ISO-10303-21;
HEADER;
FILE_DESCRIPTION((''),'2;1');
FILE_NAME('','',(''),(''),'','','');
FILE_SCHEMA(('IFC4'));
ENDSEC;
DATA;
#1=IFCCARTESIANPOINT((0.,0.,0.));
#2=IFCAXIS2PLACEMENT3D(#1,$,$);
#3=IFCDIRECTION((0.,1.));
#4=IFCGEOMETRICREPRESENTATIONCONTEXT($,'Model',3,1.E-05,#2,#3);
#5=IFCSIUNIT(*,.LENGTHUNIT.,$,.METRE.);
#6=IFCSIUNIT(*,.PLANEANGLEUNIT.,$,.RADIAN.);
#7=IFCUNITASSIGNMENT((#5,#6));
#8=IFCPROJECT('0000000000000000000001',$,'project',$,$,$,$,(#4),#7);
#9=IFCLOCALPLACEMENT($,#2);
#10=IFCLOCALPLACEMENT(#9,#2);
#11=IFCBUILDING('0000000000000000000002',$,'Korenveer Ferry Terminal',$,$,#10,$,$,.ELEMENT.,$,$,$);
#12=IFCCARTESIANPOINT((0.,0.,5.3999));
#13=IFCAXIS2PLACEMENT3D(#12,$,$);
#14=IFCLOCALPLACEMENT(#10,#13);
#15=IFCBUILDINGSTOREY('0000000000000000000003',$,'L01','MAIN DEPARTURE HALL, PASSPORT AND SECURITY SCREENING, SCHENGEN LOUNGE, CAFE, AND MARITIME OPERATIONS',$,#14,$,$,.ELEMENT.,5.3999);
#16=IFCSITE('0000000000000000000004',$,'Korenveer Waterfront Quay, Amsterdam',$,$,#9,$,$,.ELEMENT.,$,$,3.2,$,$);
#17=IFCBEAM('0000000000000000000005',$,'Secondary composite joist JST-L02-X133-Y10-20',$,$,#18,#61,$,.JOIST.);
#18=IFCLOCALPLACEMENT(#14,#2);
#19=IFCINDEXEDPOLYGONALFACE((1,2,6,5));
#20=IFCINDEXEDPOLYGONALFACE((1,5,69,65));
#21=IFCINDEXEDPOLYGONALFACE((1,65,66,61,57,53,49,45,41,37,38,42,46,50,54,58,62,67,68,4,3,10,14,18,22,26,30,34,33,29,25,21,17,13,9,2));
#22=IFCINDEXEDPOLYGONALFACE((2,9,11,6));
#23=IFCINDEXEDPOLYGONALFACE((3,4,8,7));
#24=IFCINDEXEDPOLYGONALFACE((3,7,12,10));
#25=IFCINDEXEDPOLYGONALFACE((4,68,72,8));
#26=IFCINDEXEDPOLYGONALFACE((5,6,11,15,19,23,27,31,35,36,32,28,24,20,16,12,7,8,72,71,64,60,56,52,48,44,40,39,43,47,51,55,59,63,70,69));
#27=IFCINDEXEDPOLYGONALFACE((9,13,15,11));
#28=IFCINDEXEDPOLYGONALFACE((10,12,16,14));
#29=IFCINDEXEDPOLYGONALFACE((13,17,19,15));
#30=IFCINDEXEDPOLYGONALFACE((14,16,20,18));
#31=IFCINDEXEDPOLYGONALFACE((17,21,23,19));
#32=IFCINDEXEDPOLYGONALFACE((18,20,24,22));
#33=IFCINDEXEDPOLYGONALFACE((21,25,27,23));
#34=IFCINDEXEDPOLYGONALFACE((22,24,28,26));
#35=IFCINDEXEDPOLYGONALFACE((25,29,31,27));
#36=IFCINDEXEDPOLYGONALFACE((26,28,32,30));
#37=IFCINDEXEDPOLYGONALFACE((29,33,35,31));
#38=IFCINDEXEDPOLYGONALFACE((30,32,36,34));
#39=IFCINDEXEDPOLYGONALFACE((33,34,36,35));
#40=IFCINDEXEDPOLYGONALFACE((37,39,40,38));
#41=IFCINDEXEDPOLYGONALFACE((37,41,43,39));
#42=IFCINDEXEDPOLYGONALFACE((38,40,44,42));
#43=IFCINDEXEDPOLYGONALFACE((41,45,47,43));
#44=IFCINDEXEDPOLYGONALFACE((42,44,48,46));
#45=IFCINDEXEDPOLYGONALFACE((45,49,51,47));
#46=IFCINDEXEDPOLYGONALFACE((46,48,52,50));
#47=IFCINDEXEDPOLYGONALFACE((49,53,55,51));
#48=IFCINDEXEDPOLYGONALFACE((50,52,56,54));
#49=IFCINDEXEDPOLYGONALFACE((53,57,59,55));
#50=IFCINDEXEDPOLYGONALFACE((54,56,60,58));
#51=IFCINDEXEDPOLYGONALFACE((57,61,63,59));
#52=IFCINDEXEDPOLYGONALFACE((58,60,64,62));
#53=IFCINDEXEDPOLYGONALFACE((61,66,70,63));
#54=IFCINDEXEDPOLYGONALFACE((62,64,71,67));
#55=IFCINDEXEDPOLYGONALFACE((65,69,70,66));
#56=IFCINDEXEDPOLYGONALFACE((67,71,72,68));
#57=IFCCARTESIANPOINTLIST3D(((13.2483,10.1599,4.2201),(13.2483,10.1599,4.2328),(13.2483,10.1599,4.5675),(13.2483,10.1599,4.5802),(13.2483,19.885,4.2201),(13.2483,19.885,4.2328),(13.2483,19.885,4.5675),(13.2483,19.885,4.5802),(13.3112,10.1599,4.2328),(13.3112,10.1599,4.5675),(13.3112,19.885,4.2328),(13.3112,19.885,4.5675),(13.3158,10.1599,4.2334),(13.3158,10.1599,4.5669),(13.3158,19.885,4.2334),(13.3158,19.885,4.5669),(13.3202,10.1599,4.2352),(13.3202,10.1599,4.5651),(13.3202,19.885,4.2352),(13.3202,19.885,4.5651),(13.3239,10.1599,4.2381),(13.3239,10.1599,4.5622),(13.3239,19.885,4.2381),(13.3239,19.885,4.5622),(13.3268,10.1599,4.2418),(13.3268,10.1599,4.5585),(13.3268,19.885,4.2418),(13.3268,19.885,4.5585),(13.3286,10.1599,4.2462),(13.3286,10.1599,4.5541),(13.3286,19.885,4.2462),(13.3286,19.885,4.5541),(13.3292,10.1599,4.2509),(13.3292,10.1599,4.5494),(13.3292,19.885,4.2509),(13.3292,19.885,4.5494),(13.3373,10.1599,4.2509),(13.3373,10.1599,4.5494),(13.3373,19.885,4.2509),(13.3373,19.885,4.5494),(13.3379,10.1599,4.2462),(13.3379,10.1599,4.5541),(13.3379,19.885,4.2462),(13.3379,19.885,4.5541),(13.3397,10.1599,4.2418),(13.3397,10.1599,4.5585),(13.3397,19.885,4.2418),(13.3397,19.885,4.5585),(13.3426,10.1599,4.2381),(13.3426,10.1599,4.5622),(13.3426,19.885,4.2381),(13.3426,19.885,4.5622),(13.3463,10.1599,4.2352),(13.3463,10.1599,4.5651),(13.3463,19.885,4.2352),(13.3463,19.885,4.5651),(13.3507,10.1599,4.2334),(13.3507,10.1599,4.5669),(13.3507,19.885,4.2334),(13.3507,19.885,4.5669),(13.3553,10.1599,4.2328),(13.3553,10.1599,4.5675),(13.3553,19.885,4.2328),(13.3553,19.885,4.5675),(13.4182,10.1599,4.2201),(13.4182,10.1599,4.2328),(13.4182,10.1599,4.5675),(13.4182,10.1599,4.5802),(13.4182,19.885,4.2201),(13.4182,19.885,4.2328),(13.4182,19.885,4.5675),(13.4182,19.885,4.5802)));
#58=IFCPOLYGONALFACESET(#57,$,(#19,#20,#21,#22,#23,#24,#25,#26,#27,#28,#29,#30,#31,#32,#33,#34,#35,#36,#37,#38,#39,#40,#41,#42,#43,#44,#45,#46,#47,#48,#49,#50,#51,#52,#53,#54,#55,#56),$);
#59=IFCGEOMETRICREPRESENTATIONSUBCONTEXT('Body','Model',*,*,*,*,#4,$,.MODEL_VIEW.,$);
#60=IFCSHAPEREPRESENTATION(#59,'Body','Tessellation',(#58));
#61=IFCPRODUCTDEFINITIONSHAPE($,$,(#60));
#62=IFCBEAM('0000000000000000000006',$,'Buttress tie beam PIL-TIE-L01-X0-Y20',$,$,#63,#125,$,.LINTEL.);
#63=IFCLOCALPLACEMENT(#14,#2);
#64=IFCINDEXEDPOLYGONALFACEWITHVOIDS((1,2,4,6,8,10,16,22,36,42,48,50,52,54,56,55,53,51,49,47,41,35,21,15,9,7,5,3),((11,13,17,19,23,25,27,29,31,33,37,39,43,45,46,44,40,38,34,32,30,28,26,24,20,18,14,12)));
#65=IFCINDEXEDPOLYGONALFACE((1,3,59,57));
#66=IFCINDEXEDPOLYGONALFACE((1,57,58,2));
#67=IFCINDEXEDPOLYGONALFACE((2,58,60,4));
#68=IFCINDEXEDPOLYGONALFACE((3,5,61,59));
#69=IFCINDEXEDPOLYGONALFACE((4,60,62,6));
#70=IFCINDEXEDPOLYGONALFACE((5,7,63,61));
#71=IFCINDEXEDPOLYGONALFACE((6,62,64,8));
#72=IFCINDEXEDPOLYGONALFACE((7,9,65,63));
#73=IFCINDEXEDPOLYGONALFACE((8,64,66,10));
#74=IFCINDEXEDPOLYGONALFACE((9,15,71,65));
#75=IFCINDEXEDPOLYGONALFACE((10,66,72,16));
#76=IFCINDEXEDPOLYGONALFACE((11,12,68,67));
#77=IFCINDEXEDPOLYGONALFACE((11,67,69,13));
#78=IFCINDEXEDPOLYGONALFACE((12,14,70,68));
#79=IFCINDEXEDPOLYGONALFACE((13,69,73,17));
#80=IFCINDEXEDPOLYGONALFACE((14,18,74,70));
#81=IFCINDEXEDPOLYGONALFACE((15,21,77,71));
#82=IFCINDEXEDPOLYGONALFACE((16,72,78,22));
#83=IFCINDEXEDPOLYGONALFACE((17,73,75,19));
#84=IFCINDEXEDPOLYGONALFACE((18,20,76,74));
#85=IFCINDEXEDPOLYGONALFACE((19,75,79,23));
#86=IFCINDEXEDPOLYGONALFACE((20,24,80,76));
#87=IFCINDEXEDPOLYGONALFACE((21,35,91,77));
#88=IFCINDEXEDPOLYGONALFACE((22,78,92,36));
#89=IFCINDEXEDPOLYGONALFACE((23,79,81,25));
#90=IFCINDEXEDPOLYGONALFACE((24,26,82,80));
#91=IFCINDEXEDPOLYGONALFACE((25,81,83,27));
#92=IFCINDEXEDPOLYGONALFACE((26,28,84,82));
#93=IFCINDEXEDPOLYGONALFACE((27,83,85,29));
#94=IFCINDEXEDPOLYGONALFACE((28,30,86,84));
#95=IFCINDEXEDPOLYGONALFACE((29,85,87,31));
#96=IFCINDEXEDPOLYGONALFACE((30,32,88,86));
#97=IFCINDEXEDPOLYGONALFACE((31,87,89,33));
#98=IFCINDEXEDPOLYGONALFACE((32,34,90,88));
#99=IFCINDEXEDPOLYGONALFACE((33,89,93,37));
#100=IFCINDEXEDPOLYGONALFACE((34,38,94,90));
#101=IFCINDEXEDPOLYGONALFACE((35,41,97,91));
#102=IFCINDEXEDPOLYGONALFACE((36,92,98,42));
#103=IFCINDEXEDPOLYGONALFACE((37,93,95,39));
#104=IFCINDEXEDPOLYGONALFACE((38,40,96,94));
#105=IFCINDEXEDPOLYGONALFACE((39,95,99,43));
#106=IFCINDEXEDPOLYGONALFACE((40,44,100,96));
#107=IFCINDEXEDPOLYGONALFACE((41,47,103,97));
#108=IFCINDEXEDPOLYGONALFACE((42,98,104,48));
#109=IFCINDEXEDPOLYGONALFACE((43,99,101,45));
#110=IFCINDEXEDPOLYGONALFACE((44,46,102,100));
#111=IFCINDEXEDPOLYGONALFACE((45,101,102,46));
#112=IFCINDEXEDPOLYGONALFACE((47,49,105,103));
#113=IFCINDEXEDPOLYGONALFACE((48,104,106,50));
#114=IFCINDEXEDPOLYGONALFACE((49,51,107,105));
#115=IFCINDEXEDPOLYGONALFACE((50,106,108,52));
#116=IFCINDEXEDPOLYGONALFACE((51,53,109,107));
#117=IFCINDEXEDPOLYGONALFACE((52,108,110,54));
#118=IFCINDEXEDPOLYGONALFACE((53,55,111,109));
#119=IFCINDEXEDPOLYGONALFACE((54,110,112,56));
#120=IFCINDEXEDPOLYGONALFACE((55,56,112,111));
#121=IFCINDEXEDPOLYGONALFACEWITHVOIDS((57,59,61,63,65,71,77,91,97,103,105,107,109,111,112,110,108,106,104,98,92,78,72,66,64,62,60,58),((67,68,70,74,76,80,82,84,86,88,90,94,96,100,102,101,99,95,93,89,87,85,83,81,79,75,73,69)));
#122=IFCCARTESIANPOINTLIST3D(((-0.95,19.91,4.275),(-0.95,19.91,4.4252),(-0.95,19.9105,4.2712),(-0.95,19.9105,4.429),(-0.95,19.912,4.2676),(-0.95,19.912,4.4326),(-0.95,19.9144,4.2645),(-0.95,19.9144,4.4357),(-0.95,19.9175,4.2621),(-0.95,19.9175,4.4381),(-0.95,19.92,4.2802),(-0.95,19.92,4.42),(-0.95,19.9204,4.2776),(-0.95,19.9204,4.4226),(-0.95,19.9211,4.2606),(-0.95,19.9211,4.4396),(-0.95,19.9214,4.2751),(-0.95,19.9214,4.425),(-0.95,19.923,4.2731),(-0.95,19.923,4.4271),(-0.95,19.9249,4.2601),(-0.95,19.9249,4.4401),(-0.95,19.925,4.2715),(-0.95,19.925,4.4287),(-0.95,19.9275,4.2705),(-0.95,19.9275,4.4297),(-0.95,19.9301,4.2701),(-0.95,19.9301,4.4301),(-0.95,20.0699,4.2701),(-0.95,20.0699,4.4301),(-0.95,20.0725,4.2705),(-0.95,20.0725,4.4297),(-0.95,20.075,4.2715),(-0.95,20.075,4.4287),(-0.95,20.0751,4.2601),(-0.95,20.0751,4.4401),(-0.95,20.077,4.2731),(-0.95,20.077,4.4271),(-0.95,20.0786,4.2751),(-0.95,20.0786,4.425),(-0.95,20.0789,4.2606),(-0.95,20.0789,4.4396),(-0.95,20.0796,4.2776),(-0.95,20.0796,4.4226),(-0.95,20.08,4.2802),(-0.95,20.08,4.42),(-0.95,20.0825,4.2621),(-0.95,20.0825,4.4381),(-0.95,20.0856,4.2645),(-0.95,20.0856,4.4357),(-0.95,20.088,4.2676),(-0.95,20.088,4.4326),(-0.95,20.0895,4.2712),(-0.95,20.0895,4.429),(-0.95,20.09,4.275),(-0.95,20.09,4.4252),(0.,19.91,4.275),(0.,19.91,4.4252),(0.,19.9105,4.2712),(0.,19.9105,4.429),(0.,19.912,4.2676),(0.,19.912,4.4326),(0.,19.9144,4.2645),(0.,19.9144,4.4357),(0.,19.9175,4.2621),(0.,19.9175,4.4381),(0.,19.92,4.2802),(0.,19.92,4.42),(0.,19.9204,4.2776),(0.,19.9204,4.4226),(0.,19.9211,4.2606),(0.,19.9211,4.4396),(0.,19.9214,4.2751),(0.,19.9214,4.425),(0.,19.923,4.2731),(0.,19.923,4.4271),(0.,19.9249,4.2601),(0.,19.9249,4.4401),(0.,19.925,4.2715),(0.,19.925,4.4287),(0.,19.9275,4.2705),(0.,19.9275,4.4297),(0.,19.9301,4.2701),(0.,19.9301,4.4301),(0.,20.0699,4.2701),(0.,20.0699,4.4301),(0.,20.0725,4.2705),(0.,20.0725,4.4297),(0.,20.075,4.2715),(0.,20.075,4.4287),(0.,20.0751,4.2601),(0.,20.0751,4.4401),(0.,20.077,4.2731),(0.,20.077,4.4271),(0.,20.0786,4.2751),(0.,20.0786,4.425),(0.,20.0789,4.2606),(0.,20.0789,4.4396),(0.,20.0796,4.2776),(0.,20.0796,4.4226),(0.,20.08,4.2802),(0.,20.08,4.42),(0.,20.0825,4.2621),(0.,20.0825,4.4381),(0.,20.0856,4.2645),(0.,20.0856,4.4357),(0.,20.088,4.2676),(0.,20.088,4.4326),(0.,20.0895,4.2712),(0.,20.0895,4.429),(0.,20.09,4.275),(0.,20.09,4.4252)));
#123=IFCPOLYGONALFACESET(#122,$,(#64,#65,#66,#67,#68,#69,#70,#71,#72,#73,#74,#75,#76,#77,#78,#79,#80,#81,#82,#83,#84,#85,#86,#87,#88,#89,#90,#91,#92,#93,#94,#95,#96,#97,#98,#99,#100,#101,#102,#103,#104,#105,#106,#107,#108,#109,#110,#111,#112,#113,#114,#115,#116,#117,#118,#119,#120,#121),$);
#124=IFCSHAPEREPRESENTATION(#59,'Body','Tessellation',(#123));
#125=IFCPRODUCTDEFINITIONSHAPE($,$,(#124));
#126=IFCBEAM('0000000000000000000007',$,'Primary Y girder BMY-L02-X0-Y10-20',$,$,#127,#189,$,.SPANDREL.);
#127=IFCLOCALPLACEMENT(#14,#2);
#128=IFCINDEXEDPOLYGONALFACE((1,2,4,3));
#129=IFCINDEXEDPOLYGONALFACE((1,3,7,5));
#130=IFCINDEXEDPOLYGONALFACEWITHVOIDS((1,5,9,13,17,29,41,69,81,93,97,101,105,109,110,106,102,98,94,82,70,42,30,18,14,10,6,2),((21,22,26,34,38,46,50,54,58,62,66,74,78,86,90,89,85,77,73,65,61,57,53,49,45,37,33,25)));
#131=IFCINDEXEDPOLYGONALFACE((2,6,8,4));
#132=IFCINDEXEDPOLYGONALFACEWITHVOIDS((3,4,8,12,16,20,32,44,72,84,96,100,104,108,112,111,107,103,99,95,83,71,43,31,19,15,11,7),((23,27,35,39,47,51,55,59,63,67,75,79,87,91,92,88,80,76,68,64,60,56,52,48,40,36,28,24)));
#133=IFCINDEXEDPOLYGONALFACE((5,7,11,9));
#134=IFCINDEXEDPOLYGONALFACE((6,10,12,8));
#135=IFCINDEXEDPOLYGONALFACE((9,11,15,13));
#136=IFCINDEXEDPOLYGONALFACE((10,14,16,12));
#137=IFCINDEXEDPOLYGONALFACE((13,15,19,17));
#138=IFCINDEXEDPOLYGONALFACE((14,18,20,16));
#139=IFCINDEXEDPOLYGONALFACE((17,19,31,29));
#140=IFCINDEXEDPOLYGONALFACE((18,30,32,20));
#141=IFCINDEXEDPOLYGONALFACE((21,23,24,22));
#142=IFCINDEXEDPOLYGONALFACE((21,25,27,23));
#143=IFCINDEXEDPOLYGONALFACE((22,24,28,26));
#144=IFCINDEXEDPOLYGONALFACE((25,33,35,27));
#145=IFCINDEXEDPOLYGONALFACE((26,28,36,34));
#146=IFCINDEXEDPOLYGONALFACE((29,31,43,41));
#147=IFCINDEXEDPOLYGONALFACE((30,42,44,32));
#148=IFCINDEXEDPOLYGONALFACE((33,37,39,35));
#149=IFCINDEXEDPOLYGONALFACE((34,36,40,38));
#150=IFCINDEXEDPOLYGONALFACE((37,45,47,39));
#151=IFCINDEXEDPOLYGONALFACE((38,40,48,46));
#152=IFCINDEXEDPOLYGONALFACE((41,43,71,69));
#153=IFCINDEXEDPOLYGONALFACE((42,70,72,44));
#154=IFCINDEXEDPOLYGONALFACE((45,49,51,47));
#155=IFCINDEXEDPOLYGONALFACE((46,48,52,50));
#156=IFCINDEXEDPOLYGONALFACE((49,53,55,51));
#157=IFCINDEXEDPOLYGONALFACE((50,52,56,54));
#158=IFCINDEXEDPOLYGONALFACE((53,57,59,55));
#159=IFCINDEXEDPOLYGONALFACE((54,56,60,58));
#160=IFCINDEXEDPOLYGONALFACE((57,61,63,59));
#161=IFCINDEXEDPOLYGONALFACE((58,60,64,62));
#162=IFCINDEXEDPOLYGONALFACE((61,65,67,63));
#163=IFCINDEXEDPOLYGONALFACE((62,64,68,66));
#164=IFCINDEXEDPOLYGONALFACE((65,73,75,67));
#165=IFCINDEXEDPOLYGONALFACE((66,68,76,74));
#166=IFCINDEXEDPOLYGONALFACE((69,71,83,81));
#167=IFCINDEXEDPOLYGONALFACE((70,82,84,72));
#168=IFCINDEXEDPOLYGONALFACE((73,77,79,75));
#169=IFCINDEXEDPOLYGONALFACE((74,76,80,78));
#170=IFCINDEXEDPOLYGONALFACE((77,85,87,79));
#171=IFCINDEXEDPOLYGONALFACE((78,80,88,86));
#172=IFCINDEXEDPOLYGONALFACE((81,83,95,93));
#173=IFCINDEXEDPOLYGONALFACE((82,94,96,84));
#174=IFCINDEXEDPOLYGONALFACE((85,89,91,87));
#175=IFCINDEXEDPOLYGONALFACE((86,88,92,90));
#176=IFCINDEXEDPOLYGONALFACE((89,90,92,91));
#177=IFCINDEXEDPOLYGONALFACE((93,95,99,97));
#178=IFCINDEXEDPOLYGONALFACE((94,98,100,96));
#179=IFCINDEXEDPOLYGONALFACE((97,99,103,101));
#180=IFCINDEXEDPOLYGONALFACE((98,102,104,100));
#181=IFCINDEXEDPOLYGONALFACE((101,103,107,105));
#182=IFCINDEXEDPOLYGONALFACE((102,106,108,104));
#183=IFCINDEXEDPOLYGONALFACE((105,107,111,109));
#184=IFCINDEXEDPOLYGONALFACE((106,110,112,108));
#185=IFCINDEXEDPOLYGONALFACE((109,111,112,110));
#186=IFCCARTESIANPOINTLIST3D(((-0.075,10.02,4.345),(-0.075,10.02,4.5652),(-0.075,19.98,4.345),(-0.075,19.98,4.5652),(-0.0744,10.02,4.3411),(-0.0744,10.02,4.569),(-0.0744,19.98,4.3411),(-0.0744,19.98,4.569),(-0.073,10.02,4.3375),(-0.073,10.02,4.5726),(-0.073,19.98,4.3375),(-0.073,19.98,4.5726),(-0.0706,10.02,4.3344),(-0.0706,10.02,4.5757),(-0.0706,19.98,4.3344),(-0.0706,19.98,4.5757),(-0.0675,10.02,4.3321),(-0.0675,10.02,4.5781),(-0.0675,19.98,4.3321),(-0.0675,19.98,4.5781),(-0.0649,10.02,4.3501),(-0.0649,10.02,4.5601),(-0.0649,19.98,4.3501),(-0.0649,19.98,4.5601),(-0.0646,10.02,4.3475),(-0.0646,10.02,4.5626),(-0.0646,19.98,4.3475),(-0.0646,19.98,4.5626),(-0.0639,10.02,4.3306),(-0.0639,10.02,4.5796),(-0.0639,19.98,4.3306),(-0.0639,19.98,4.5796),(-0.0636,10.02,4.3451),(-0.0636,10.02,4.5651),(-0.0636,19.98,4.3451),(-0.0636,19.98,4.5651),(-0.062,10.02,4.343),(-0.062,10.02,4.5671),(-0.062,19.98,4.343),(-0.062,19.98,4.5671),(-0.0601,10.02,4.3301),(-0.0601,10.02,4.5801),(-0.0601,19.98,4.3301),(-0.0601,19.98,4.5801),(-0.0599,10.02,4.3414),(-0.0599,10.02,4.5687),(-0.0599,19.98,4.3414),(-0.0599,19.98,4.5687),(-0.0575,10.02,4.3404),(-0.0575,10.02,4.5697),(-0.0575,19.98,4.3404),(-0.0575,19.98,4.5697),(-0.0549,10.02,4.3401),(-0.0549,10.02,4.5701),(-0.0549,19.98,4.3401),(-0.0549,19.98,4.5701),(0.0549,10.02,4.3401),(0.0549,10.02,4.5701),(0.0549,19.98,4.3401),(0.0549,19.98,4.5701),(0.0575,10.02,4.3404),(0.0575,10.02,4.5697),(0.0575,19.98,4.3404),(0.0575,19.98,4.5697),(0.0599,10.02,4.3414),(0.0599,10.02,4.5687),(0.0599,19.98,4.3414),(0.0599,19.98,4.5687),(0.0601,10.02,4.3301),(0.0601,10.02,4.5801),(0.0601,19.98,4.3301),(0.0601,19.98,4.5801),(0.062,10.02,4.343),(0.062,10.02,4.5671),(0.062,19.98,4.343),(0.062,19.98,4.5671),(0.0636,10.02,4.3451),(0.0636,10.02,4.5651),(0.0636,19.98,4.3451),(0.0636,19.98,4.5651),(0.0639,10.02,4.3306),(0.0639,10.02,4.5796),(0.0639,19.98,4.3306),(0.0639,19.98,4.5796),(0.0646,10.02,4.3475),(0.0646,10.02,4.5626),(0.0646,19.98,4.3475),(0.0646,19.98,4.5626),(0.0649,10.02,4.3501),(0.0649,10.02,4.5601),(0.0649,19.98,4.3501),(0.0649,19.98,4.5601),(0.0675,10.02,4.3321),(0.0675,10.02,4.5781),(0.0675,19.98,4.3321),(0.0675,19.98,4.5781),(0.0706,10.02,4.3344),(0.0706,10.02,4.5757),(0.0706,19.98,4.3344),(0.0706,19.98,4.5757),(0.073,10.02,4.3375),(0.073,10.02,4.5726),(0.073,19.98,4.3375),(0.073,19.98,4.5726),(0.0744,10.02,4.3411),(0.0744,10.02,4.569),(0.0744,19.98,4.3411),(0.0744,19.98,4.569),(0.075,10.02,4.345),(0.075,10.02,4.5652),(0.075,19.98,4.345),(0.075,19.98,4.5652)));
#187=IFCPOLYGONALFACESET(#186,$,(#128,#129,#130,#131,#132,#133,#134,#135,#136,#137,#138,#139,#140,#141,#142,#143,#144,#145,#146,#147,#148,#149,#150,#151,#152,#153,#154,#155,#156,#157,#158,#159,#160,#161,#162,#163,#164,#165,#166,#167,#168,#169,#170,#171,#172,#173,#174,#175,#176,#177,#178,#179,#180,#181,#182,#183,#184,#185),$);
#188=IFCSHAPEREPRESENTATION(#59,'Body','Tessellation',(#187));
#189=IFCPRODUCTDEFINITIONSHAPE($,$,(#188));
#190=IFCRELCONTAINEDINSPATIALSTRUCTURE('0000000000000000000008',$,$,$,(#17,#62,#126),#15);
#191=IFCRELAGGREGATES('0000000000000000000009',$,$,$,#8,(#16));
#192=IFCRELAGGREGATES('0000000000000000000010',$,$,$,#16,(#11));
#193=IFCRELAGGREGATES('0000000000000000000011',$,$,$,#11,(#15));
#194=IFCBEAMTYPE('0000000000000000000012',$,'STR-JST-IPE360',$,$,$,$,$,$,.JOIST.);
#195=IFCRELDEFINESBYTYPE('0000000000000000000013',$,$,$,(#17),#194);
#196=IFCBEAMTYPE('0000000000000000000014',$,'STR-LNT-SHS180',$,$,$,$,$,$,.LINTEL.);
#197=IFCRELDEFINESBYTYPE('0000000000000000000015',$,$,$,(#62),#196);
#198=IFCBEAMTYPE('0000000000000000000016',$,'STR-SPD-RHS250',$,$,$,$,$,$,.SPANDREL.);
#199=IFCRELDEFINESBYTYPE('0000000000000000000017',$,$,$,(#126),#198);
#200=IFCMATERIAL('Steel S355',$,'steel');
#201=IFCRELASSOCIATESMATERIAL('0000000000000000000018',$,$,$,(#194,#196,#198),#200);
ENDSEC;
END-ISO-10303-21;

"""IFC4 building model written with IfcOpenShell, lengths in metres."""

from ifc_helpers import new_model, si_unit, direction, frame, origin, origin_2d, place, context, subcontext, project, spatial, hollow_rectangle, i_section, extrude, material, material_profile, profile_set, type_object, element, save


model = new_model("IFC4")

# Units and contexts
model_context = context("Model", 3, precision=1e-05, world=origin(), true_north=direction((0.0, 1.0)))
body_context = subcontext(model_context, "Body", "Model", "MODEL_VIEW")
ifc_project = project(units=[si_unit("LENGTHUNIT", "METRE"), si_unit("PLANEANGLEUNIT", "RADIAN")], contexts=[model_context])

# Site, building, storey
site_placement = place(None, origin())
site = spatial("IfcSite", under=ifc_project, at=site_placement, Name="Korenveer Waterfront Quay, Amsterdam", CompositionType="ELEMENT", RefElevation=3.2)
building_placement = place(site_placement, origin())
building = spatial("IfcBuilding", under=site, at=building_placement, Name="Korenveer Ferry Terminal", CompositionType="ELEMENT")
storey_placement = place(building_placement, frame((0.0, 0.0, 5.3999)))
storey = spatial("IfcBuildingStorey", under=building, at=storey_placement, Name="L01", Description="MAIN DEPARTURE HALL, PASSPORT AND SECURITY SCREENING, SCHENGEN LOUNGE, CAFE, AND MARITIME OPERATIONS", CompositionType="ELEMENT", Elevation=5.3999)

# Shared definitions
ifc_material_1 = material(Name="Steel S355", Category="steel")

# Beams
ifc_material_profile_1 = material_profile(ifc_material_1, i_section(OverallWidth=0.1699, OverallDepth=0.3601, WebThickness=0.0081, FlangeThickness=0.0127, FilletRadius=0.0181, at=origin_2d()), Name="IPE 360")
ifc_profile_set_1 = profile_set([ifc_material_profile_1], Name="Steel S355")
beam_type_1 = type_object("IfcBeamType", Name="STR-JST-IPE360", PredefinedType="JOIST", material=ifc_profile_set_1)
for number, where, z_axis, x_axis, name in (
    (1, (13.3333, 10.1599, 4.4001), (0.0, 1.0, 0.0), (-1.0, 0.0, 0.0), "Secondary composite joist JST-L02-X133-Y10-20"),
):
    element("IfcBeam", number, at=place(storey_placement, frame(where, z_axis=z_axis, x_axis=x_axis)), inside=storey, type_object=beam_type_1, Name=name, PredefinedType="JOIST", context=body_context, shape_type="SweptSolid", body=[
        extrude(i_section(OverallWidth=0.1699, OverallDepth=0.3601, WebThickness=0.0081, FlangeThickness=0.0127, FilletRadius=0.0181, at=origin_2d()), origin(), (0.0, 0.0, 1.0), 9.7251),
    ])
ifc_material_profile_2 = material_profile(ifc_material_1, hollow_rectangle(XDim=0.1799, YDim=0.1799, WallThickness=0.01, InnerFilletRadius=0.01, OuterFilletRadius=0.0149, at=origin_2d()), Name="SHS 180x180x10")
ifc_profile_set_2 = profile_set([ifc_material_profile_2], Name="Steel S355")
beam_type_2 = type_object("IfcBeamType", Name="STR-LNT-SHS180", PredefinedType="LINTEL", material=ifc_profile_set_2)
beam_1_placement = place(storey_placement, frame((-0.95, 20.0, 4.3501), z_axis=(1.0, 0.0, 0.0), x_axis=(0.0, 1.0, 0.0)))
element("IfcBeam", 2, at=beam_1_placement, inside=storey, type_object=beam_type_2, Name="Buttress tie beam PIL-TIE-L01-X0-Y20", PredefinedType="LINTEL", context=body_context, shape_type="SweptSolid", body=[
    extrude(hollow_rectangle(XDim=0.1799, YDim=0.1799, WallThickness=0.01, InnerFilletRadius=0.01, OuterFilletRadius=0.0149, at=origin_2d()), origin(), (0.0, 0.0, 1.0), 0.95),
])
ifc_material_profile_3 = material_profile(ifc_material_1, hollow_rectangle(XDim=0.1499, YDim=0.25, WallThickness=0.01, InnerFilletRadius=0.01, OuterFilletRadius=0.0149, at=origin_2d()), Name="RHS 250x150x10")
ifc_profile_set_3 = profile_set([ifc_material_profile_3], Name="Steel S355")
beam_type_3 = type_object("IfcBeamType", Name="STR-SPD-RHS250", PredefinedType="SPANDREL", material=ifc_profile_set_3)
beam_2_placement = place(storey_placement, frame((0.0, 10.02, 4.4551), z_axis=(0.0, 1.0, 0.0), x_axis=(-1.0, 0.0, 0.0)))
element("IfcBeam", 3, at=beam_2_placement, inside=storey, type_object=beam_type_3, Name="Primary Y girder BMY-L02-X0-Y10-20", PredefinedType="SPANDREL", context=body_context, shape_type="SweptSolid", body=[
    extrude(hollow_rectangle(XDim=0.1499, YDim=0.25, WallThickness=0.01, InnerFilletRadius=0.01, OuterFilletRadius=0.0149, at=origin_2d()), origin(), (0.0, 0.0, 1.0), 9.96),
])

save(model, "model.ifc")
